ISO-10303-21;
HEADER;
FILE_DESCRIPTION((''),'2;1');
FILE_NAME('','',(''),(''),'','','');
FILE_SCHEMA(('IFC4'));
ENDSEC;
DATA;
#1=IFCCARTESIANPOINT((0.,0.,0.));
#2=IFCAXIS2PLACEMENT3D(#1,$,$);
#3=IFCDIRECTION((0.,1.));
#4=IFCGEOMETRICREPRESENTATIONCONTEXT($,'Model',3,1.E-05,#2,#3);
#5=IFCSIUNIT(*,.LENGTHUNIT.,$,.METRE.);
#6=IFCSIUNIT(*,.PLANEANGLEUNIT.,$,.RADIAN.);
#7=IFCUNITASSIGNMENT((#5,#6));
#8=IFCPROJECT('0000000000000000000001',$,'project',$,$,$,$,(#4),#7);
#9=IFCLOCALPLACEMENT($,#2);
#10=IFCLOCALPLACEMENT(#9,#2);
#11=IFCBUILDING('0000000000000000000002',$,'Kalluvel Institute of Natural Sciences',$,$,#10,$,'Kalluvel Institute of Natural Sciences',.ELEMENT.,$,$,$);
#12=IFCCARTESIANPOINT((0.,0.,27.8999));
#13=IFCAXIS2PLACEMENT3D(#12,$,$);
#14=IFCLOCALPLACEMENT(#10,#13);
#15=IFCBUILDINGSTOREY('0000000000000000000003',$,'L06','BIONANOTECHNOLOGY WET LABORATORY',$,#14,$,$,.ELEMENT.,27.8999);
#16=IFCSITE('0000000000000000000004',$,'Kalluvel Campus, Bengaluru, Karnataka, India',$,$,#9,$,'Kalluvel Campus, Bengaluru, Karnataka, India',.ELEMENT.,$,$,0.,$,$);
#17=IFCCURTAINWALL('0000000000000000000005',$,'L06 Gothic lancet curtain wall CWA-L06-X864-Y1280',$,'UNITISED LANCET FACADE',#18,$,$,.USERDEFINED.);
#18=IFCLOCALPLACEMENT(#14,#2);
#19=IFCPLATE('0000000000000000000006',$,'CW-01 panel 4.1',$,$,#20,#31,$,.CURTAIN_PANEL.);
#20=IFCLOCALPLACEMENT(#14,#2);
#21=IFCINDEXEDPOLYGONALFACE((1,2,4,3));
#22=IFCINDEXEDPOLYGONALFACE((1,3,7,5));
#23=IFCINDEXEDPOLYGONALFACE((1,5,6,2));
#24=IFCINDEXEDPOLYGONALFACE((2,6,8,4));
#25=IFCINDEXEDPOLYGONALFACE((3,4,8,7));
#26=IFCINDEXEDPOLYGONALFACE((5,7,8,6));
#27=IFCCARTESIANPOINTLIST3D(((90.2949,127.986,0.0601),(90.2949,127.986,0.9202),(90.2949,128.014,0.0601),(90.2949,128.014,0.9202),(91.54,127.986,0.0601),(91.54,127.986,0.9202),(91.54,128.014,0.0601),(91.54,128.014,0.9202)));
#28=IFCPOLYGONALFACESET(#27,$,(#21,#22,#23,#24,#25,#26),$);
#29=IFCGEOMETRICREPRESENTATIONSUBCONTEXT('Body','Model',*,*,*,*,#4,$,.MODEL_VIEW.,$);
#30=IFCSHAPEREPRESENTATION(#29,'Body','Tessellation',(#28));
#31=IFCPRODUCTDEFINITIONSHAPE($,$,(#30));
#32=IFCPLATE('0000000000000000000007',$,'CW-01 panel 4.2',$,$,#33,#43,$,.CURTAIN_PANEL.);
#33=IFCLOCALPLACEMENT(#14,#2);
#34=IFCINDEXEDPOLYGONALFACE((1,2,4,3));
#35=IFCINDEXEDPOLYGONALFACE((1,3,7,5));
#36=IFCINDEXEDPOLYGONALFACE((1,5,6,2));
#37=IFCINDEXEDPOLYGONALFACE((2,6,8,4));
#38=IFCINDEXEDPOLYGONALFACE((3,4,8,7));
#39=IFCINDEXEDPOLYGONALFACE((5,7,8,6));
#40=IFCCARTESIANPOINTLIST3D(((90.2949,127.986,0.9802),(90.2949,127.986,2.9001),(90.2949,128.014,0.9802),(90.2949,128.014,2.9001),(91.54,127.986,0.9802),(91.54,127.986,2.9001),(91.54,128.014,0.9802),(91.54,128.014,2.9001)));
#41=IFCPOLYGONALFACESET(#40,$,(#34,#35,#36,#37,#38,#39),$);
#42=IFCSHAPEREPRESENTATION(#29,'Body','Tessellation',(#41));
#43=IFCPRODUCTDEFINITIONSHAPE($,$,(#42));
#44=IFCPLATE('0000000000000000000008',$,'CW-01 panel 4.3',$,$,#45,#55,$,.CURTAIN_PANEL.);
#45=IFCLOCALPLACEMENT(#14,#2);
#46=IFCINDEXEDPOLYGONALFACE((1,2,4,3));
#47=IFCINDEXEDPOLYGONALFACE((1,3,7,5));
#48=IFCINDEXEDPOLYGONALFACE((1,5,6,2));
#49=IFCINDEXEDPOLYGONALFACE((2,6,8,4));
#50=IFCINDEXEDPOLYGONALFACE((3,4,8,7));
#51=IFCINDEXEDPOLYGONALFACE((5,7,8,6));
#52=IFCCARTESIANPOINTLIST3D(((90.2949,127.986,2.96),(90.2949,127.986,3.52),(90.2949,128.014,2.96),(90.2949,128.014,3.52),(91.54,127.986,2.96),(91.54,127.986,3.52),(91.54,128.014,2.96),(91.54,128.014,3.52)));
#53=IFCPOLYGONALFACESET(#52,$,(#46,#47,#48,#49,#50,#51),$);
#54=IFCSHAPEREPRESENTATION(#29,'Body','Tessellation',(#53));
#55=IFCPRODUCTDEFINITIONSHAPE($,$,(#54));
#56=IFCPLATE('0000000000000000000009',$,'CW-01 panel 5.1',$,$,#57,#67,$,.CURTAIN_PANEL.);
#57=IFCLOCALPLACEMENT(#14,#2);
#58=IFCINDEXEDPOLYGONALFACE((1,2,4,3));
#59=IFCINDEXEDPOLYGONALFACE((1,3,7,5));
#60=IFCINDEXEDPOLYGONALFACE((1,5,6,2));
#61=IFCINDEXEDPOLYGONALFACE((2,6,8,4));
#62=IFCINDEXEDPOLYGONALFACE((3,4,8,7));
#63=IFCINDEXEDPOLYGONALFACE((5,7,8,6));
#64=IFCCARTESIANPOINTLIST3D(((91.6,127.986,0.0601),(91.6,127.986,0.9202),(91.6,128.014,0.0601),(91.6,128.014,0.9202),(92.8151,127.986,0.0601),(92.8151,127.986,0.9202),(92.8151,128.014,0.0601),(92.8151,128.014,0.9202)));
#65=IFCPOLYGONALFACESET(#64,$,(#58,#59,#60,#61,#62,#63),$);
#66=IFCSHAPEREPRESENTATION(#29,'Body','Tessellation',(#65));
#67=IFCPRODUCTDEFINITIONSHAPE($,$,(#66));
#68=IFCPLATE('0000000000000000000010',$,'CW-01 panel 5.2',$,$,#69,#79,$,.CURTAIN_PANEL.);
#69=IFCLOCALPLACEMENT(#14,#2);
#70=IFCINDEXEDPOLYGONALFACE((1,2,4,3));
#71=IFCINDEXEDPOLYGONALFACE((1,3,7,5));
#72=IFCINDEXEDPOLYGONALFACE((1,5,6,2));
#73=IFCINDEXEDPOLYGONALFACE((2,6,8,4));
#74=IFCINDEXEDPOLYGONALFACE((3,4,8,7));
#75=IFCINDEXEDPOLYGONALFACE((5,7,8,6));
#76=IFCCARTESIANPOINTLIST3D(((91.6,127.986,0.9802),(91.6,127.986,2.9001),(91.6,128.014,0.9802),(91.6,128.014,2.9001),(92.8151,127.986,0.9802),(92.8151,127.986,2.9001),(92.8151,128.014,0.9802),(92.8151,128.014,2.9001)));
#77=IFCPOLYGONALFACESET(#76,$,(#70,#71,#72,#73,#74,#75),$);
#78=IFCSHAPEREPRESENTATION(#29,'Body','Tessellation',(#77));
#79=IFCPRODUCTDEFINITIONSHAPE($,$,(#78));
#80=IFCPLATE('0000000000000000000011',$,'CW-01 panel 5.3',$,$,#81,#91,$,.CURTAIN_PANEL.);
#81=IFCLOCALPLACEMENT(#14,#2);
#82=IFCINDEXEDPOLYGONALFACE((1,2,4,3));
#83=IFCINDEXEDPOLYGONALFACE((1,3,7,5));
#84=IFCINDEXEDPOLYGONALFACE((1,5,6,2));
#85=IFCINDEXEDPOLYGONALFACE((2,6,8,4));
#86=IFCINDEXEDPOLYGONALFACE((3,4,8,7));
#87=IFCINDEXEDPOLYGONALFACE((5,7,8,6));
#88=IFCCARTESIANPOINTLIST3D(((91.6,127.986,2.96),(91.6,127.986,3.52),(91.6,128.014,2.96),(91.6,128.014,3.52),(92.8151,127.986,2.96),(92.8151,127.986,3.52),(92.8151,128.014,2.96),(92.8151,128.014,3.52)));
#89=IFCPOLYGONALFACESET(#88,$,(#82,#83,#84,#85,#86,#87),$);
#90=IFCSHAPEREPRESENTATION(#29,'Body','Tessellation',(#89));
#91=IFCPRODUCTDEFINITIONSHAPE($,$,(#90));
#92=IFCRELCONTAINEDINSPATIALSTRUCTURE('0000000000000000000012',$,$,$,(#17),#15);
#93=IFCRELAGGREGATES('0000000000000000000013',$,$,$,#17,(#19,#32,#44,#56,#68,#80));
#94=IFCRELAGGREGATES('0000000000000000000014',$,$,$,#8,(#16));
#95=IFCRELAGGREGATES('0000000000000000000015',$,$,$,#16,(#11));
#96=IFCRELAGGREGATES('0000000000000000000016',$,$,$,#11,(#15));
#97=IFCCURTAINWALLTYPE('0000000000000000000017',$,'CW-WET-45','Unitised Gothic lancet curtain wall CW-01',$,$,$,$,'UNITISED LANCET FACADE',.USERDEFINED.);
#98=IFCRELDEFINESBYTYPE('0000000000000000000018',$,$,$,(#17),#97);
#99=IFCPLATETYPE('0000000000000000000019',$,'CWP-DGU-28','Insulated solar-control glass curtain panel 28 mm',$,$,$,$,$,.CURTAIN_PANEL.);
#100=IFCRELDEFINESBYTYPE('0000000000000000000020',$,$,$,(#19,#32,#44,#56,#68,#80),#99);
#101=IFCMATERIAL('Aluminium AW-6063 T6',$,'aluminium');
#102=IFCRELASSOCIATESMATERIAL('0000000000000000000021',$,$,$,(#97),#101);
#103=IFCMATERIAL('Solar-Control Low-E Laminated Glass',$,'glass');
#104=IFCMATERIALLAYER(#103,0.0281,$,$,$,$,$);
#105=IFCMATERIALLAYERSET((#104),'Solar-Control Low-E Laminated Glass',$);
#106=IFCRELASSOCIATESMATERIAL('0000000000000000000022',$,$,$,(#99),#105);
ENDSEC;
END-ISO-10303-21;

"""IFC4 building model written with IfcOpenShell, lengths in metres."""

from ifc_helpers import new_model, si_unit, direction, frame, origin, origin_2d, place, context, subcontext, project, spatial, rectangle, extrude, material, layer, layer_set, type_object, element, aggregate, save


model = new_model("IFC4")

# Units and contexts
model_context = context("Model", 3, precision=1e-05, world=origin(), true_north=direction((0.0, 1.0)))
body_context = subcontext(model_context, "Body", "Model", "MODEL_VIEW")
ifc_project = project(units=[si_unit("LENGTHUNIT", "METRE"), si_unit("PLANEANGLEUNIT", "RADIAN")], contexts=[model_context])

# Site, building, storey
site_placement = place(None, origin())
site = spatial("IfcSite", under=ifc_project, at=site_placement, Name="Kalluvel Campus, Bengaluru, Karnataka, India", LongName="Kalluvel Campus, Bengaluru, Karnataka, India", CompositionType="ELEMENT", RefElevation=0.0)
building_placement = place(site_placement, origin())
building = spatial("IfcBuilding", under=site, at=building_placement, Name="Kalluvel Institute of Natural Sciences", LongName="Kalluvel Institute of Natural Sciences", CompositionType="ELEMENT")
storey_placement = place(building_placement, frame((0.0, 0.0, 27.8999)))
storey = spatial("IfcBuildingStorey", under=building, at=storey_placement, Name="L06", Description="BIONANOTECHNOLOGY WET LABORATORY", CompositionType="ELEMENT", Elevation=27.8999)

# Curtain wall
ifc_material_1 = material(Name="Aluminium AW-6063 T6", Category="aluminium")
curtain_wall_type = type_object("IfcCurtainWallType", Name="CW-WET-45", Description="Unitised Gothic lancet curtain wall CW-01", ElementType="UNITISED LANCET FACADE", PredefinedType="USERDEFINED", material=ifc_material_1)
curtain_wall_1_placement = place(storey_placement, origin())
curtain_wall_1 = element("IfcCurtainWall", 1, at=curtain_wall_1_placement, inside=storey, type_object=curtain_wall_type, Name="L06 Gothic lancet curtain wall CWA-L06-X864-Y1280", ObjectType="UNITISED LANCET FACADE", PredefinedType="USERDEFINED")

# Plates
ifc_material_2 = material(Name="Solar-Control Low-E Laminated Glass", Category="glass")
ifc_layer = layer(ifc_material_2, 0.0281)
ifc_layer_set = layer_set([ifc_layer], Name="Solar-Control Low-E Laminated Glass")
plate_type = type_object("IfcPlateType", Name="CWP-DGU-28", Description="Insulated solar-control glass curtain panel 28 mm", PredefinedType="CURTAIN_PANEL", material=ifc_layer_set)
plate_1_placement = place(storey_placement, frame((90.9175, 128.0, 0.0601), z_axis=(0.0, 0.0, 1.0), x_axis=(1.0, 0.0, 0.0)))
plate_1 = element("IfcPlate", 2, at=plate_1_placement, type_object=plate_type, Name="CW-01 panel 4.1", PredefinedType="CURTAIN_PANEL", context=body_context, shape_type="SweptSolid", body=[
    extrude(rectangle(XDim=1.2451, YDim=0.0281, at=origin_2d()), origin(), (0.0, 0.0, 1.0), 0.8601),
])
plate_2_placement = place(storey_placement, frame((90.9175, 128.0, 0.9802), z_axis=(0.0, 0.0, 1.0), x_axis=(1.0, 0.0, 0.0)))
plate_2 = element("IfcPlate", 3, at=plate_2_placement, type_object=plate_type, Name="CW-01 panel 4.2", PredefinedType="CURTAIN_PANEL", context=body_context, shape_type="SweptSolid", body=[
    extrude(rectangle(XDim=1.2451, YDim=0.0281, at=origin_2d()), origin(), (0.0, 0.0, 1.0), 1.9199),
])
plate_3_placement = place(storey_placement, frame((90.9175, 128.0, 2.96), z_axis=(0.0, 0.0, 1.0), x_axis=(1.0, 0.0, 0.0)))
plate_3 = element("IfcPlate", 4, at=plate_3_placement, type_object=plate_type, Name="CW-01 panel 4.3", PredefinedType="CURTAIN_PANEL", context=body_context, shape_type="SweptSolid", body=[
    extrude(rectangle(XDim=1.2451, YDim=0.0281, at=origin_2d()), origin(), (0.0, 0.0, 1.0), 0.5601),
])
plate_4_placement = place(storey_placement, frame((92.2075, 128.0, 0.0601), z_axis=(0.0, 0.0, 1.0), x_axis=(1.0, 0.0, 0.0)))
plate_4 = element("IfcPlate", 5, at=plate_4_placement, type_object=plate_type, Name="CW-01 panel 5.1", PredefinedType="CURTAIN_PANEL", context=body_context, shape_type="SweptSolid", body=[
    extrude(rectangle(XDim=1.2151, YDim=0.0281, at=origin_2d()), origin(), (0.0, 0.0, 1.0), 0.8601),
])
plate_5_placement = place(storey_placement, frame((92.2075, 128.0, 0.9802), z_axis=(0.0, 0.0, 1.0), x_axis=(1.0, 0.0, 0.0)))
plate_5 = element("IfcPlate", 6, at=plate_5_placement, type_object=plate_type, Name="CW-01 panel 5.2", PredefinedType="CURTAIN_PANEL", context=body_context, shape_type="SweptSolid", body=[
    extrude(rectangle(XDim=1.2151, YDim=0.0281, at=origin_2d()), origin(), (0.0, 0.0, 1.0), 1.9199),
])
plate_6_placement = place(storey_placement, frame((92.2075, 128.0, 2.96), z_axis=(0.0, 0.0, 1.0), x_axis=(1.0, 0.0, 0.0)))
plate_6 = element("IfcPlate", 7, at=plate_6_placement, type_object=plate_type, Name="CW-01 panel 5.3", PredefinedType="CURTAIN_PANEL", context=body_context, shape_type="SweptSolid", body=[
    extrude(rectangle(XDim=1.2151, YDim=0.0281, at=origin_2d()), origin(), (0.0, 0.0, 1.0), 0.5601),
])
aggregate(curtain_wall_1, [plate_1, plate_2, plate_3, plate_4, plate_5, plate_6])

save(model, "model.ifc")
